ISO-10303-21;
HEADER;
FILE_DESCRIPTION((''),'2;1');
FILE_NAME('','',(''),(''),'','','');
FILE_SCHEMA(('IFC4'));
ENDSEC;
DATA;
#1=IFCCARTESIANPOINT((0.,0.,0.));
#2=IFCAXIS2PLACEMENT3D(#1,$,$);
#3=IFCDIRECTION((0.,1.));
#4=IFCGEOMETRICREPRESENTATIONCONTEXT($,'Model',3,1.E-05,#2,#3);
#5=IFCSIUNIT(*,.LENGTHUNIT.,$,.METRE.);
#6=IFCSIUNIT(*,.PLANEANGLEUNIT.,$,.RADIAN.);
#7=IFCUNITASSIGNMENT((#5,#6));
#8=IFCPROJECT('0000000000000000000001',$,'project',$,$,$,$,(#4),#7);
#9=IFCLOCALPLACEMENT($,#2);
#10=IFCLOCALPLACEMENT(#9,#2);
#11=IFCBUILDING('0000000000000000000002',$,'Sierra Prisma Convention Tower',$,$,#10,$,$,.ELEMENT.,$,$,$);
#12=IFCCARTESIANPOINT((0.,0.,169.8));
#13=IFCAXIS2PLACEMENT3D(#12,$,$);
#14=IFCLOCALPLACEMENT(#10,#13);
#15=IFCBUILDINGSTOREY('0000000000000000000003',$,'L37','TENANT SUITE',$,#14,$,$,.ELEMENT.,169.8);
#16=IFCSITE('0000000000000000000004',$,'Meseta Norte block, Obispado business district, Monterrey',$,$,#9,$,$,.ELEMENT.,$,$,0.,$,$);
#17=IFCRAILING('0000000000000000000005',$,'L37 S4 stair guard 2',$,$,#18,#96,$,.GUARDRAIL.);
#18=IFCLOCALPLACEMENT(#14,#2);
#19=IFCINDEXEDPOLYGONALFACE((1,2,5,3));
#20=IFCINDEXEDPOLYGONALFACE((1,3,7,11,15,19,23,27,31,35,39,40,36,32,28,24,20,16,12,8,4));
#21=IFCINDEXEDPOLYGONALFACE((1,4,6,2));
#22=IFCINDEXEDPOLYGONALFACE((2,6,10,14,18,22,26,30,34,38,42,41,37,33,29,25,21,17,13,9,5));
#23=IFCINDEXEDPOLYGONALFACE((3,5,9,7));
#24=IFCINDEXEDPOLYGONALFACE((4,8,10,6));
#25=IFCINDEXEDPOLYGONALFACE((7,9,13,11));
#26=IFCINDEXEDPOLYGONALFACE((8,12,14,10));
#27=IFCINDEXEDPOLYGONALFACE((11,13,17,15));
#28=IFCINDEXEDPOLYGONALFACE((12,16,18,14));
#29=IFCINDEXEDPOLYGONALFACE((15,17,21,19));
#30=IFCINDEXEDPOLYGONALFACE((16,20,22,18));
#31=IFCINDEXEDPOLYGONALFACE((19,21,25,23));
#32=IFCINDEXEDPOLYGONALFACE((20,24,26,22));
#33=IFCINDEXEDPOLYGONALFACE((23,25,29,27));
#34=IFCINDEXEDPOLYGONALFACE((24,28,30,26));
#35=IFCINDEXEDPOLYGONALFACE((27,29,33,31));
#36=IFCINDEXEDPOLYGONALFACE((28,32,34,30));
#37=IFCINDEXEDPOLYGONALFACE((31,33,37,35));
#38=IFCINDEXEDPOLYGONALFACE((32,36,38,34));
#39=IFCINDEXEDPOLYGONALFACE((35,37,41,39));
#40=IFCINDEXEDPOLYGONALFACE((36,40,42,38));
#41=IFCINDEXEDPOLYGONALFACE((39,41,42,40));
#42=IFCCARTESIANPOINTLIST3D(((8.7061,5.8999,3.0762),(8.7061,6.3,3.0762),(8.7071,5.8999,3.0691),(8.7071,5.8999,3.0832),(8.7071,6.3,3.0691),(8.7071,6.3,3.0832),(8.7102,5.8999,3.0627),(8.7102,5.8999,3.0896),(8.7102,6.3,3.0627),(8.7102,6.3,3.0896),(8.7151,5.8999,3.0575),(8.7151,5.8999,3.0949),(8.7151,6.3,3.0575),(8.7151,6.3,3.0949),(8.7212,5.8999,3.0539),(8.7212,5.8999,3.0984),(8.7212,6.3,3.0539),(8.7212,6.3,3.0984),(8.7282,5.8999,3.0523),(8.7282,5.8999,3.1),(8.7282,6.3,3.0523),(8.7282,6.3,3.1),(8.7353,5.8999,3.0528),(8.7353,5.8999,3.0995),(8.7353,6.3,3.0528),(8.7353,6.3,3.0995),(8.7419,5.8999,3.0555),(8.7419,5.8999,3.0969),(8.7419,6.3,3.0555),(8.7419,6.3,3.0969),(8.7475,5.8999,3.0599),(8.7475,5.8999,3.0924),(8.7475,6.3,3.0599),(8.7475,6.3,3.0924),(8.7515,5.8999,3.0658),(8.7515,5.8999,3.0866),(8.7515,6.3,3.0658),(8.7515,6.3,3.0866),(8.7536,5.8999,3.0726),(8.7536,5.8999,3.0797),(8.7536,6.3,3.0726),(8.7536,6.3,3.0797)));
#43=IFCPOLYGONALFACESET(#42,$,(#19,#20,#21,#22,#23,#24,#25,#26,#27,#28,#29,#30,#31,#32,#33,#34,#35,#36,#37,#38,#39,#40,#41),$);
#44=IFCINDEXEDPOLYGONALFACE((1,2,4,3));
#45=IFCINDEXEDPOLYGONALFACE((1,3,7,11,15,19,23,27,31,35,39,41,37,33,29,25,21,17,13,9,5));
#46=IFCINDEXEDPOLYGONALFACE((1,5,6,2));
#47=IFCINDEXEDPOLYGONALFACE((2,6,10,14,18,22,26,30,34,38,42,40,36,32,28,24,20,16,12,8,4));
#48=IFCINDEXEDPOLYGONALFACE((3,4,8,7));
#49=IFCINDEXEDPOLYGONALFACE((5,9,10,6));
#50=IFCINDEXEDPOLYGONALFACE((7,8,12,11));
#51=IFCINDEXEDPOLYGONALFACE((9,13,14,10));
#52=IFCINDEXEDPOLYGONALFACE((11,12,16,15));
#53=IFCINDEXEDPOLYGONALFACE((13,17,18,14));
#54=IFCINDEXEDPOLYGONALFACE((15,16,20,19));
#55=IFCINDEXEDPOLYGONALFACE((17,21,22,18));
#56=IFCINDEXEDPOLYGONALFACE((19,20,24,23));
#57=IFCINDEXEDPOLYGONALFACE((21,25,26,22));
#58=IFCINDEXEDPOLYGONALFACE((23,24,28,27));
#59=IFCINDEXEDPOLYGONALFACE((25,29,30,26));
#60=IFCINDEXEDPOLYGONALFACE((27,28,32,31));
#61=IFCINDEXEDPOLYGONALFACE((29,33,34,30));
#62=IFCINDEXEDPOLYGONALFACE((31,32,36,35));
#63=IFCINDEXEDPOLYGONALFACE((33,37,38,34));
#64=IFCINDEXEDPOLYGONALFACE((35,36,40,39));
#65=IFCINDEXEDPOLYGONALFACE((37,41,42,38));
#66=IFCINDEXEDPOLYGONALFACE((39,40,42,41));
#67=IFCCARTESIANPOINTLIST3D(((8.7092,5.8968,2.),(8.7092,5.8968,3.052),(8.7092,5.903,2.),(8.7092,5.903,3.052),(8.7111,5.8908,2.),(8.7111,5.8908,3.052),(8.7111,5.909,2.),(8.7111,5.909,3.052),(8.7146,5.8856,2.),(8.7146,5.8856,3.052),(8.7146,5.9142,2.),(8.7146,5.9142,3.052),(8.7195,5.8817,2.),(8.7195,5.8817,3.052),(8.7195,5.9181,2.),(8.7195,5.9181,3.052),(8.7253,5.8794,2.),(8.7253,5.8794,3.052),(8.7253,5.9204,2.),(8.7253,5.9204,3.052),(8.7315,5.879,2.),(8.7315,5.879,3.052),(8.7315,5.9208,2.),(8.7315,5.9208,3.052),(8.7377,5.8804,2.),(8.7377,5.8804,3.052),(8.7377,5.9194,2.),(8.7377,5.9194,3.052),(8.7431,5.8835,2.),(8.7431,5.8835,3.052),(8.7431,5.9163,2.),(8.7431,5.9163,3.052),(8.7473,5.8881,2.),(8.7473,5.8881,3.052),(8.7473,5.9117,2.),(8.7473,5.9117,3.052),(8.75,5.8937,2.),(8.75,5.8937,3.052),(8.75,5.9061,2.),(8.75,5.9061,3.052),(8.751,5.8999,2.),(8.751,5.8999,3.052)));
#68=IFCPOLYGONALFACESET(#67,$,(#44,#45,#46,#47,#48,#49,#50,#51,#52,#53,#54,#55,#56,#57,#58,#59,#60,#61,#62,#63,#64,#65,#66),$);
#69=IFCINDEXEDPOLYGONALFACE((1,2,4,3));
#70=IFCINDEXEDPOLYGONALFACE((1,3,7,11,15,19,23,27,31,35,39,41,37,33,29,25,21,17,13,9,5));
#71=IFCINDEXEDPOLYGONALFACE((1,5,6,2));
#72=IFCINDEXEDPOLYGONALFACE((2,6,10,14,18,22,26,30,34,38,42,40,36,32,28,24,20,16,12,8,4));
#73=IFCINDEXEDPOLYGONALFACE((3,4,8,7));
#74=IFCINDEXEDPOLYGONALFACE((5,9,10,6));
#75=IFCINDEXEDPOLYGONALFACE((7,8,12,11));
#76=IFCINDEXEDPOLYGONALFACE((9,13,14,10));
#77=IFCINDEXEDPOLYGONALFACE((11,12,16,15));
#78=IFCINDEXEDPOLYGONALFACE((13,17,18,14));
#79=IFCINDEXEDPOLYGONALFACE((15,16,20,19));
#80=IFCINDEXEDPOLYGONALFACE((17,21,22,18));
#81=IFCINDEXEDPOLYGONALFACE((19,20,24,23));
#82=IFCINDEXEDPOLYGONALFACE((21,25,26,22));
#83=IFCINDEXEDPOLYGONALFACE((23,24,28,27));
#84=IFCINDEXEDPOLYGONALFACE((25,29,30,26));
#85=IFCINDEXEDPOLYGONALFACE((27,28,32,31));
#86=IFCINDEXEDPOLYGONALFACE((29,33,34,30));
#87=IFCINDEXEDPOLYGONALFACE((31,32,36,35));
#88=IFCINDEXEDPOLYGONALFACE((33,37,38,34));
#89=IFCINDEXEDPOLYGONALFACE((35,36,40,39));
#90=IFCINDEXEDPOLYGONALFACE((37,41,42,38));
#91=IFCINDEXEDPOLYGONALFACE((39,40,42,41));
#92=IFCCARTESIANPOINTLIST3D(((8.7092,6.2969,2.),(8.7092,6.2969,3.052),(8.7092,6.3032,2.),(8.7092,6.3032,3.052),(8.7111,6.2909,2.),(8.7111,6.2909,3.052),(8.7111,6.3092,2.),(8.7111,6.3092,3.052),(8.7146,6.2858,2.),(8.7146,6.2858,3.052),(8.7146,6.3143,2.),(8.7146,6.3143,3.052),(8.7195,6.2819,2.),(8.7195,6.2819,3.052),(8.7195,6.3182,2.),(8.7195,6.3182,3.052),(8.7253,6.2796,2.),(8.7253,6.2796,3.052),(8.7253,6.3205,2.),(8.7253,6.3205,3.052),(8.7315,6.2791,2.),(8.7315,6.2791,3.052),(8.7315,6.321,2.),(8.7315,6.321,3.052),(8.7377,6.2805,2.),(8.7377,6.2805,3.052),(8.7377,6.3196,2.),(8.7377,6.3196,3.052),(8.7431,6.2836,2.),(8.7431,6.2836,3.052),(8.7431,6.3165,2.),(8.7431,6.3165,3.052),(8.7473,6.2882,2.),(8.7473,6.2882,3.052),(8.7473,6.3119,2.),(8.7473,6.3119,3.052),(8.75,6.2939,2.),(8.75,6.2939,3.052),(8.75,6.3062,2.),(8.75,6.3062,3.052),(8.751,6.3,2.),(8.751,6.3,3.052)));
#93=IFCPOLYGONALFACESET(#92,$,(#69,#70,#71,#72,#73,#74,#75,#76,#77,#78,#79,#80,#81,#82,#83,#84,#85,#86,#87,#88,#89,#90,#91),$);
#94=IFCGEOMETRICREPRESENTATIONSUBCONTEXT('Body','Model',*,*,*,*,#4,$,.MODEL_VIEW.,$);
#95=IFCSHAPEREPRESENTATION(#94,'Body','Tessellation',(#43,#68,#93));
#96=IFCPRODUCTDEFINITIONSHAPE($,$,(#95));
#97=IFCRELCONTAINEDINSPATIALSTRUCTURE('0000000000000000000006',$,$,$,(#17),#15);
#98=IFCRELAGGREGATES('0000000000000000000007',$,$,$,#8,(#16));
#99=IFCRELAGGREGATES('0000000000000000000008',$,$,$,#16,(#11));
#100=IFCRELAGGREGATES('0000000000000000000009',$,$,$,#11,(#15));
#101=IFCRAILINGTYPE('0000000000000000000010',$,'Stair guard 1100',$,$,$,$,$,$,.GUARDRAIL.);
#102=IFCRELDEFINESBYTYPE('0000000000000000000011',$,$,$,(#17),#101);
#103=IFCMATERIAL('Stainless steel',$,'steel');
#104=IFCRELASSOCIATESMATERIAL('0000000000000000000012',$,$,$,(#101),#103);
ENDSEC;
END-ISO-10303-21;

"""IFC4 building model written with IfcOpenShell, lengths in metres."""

from ifc_helpers import new_model, si_unit, direction, frame, origin, origin_2d, place, context, subcontext, project, spatial, circle, extrude, material, type_object, element, save


model = new_model("IFC4")

# Units and contexts
model_context = context("Model", 3, precision=1e-05, world=origin(), true_north=direction((0.0, 1.0)))
body_context = subcontext(model_context, "Body", "Model", "MODEL_VIEW")
ifc_project = project(units=[si_unit("LENGTHUNIT", "METRE"), si_unit("PLANEANGLEUNIT", "RADIAN")], contexts=[model_context])

# Site, building, storey
site_placement = place(None, origin())
site = spatial("IfcSite", under=ifc_project, at=site_placement, Name="Meseta Norte block, Obispado business district, Monterrey", CompositionType="ELEMENT", RefElevation=0.0)
building_placement = place(site_placement, origin())
building = spatial("IfcBuilding", under=site, at=building_placement, Name="Sierra Prisma Convention Tower", CompositionType="ELEMENT")
storey_placement = place(building_placement, frame((0.0, 0.0, 169.8)))
storey = spatial("IfcBuildingStorey", under=building, at=storey_placement, Name="L37", Description="TENANT SUITE", CompositionType="ELEMENT", Elevation=169.8)

# Railing
ifc_material_1 = material(Name="Stainless steel", Category="steel")
railing_type = type_object("IfcRailingType", Name="Stair guard 1100", PredefinedType="GUARDRAIL", material=ifc_material_1)
railing_1_placement = place(storey_placement, frame((8.73, 5.8999, 2.0)))
element("IfcRailing", 1, at=railing_1_placement, inside=storey, type_object=railing_type, Name="L37 S4 stair guard 2", PredefinedType="GUARDRAIL", context=body_context, shape_type="SweptSolid", body=[
    extrude(circle(Radius=0.0239, at=origin_2d()), frame((0.0, 0.0, 1.0762), z_axis=(0.0, 1.0, 0.0), x_axis=(-1.0, 0.0, 0.0)), (0.0, 0.0, 1.0), 0.4001),
    extrude(circle(Radius=0.021, at=origin_2d()), origin(), (0.0, 0.0, 1.0), 1.052),
    extrude(circle(Radius=0.021, at=origin_2d()), frame((0.0, 0.4001, 0.0)), (0.0, 0.0, 1.0), 1.052),
])

save(model, "model.ifc")
